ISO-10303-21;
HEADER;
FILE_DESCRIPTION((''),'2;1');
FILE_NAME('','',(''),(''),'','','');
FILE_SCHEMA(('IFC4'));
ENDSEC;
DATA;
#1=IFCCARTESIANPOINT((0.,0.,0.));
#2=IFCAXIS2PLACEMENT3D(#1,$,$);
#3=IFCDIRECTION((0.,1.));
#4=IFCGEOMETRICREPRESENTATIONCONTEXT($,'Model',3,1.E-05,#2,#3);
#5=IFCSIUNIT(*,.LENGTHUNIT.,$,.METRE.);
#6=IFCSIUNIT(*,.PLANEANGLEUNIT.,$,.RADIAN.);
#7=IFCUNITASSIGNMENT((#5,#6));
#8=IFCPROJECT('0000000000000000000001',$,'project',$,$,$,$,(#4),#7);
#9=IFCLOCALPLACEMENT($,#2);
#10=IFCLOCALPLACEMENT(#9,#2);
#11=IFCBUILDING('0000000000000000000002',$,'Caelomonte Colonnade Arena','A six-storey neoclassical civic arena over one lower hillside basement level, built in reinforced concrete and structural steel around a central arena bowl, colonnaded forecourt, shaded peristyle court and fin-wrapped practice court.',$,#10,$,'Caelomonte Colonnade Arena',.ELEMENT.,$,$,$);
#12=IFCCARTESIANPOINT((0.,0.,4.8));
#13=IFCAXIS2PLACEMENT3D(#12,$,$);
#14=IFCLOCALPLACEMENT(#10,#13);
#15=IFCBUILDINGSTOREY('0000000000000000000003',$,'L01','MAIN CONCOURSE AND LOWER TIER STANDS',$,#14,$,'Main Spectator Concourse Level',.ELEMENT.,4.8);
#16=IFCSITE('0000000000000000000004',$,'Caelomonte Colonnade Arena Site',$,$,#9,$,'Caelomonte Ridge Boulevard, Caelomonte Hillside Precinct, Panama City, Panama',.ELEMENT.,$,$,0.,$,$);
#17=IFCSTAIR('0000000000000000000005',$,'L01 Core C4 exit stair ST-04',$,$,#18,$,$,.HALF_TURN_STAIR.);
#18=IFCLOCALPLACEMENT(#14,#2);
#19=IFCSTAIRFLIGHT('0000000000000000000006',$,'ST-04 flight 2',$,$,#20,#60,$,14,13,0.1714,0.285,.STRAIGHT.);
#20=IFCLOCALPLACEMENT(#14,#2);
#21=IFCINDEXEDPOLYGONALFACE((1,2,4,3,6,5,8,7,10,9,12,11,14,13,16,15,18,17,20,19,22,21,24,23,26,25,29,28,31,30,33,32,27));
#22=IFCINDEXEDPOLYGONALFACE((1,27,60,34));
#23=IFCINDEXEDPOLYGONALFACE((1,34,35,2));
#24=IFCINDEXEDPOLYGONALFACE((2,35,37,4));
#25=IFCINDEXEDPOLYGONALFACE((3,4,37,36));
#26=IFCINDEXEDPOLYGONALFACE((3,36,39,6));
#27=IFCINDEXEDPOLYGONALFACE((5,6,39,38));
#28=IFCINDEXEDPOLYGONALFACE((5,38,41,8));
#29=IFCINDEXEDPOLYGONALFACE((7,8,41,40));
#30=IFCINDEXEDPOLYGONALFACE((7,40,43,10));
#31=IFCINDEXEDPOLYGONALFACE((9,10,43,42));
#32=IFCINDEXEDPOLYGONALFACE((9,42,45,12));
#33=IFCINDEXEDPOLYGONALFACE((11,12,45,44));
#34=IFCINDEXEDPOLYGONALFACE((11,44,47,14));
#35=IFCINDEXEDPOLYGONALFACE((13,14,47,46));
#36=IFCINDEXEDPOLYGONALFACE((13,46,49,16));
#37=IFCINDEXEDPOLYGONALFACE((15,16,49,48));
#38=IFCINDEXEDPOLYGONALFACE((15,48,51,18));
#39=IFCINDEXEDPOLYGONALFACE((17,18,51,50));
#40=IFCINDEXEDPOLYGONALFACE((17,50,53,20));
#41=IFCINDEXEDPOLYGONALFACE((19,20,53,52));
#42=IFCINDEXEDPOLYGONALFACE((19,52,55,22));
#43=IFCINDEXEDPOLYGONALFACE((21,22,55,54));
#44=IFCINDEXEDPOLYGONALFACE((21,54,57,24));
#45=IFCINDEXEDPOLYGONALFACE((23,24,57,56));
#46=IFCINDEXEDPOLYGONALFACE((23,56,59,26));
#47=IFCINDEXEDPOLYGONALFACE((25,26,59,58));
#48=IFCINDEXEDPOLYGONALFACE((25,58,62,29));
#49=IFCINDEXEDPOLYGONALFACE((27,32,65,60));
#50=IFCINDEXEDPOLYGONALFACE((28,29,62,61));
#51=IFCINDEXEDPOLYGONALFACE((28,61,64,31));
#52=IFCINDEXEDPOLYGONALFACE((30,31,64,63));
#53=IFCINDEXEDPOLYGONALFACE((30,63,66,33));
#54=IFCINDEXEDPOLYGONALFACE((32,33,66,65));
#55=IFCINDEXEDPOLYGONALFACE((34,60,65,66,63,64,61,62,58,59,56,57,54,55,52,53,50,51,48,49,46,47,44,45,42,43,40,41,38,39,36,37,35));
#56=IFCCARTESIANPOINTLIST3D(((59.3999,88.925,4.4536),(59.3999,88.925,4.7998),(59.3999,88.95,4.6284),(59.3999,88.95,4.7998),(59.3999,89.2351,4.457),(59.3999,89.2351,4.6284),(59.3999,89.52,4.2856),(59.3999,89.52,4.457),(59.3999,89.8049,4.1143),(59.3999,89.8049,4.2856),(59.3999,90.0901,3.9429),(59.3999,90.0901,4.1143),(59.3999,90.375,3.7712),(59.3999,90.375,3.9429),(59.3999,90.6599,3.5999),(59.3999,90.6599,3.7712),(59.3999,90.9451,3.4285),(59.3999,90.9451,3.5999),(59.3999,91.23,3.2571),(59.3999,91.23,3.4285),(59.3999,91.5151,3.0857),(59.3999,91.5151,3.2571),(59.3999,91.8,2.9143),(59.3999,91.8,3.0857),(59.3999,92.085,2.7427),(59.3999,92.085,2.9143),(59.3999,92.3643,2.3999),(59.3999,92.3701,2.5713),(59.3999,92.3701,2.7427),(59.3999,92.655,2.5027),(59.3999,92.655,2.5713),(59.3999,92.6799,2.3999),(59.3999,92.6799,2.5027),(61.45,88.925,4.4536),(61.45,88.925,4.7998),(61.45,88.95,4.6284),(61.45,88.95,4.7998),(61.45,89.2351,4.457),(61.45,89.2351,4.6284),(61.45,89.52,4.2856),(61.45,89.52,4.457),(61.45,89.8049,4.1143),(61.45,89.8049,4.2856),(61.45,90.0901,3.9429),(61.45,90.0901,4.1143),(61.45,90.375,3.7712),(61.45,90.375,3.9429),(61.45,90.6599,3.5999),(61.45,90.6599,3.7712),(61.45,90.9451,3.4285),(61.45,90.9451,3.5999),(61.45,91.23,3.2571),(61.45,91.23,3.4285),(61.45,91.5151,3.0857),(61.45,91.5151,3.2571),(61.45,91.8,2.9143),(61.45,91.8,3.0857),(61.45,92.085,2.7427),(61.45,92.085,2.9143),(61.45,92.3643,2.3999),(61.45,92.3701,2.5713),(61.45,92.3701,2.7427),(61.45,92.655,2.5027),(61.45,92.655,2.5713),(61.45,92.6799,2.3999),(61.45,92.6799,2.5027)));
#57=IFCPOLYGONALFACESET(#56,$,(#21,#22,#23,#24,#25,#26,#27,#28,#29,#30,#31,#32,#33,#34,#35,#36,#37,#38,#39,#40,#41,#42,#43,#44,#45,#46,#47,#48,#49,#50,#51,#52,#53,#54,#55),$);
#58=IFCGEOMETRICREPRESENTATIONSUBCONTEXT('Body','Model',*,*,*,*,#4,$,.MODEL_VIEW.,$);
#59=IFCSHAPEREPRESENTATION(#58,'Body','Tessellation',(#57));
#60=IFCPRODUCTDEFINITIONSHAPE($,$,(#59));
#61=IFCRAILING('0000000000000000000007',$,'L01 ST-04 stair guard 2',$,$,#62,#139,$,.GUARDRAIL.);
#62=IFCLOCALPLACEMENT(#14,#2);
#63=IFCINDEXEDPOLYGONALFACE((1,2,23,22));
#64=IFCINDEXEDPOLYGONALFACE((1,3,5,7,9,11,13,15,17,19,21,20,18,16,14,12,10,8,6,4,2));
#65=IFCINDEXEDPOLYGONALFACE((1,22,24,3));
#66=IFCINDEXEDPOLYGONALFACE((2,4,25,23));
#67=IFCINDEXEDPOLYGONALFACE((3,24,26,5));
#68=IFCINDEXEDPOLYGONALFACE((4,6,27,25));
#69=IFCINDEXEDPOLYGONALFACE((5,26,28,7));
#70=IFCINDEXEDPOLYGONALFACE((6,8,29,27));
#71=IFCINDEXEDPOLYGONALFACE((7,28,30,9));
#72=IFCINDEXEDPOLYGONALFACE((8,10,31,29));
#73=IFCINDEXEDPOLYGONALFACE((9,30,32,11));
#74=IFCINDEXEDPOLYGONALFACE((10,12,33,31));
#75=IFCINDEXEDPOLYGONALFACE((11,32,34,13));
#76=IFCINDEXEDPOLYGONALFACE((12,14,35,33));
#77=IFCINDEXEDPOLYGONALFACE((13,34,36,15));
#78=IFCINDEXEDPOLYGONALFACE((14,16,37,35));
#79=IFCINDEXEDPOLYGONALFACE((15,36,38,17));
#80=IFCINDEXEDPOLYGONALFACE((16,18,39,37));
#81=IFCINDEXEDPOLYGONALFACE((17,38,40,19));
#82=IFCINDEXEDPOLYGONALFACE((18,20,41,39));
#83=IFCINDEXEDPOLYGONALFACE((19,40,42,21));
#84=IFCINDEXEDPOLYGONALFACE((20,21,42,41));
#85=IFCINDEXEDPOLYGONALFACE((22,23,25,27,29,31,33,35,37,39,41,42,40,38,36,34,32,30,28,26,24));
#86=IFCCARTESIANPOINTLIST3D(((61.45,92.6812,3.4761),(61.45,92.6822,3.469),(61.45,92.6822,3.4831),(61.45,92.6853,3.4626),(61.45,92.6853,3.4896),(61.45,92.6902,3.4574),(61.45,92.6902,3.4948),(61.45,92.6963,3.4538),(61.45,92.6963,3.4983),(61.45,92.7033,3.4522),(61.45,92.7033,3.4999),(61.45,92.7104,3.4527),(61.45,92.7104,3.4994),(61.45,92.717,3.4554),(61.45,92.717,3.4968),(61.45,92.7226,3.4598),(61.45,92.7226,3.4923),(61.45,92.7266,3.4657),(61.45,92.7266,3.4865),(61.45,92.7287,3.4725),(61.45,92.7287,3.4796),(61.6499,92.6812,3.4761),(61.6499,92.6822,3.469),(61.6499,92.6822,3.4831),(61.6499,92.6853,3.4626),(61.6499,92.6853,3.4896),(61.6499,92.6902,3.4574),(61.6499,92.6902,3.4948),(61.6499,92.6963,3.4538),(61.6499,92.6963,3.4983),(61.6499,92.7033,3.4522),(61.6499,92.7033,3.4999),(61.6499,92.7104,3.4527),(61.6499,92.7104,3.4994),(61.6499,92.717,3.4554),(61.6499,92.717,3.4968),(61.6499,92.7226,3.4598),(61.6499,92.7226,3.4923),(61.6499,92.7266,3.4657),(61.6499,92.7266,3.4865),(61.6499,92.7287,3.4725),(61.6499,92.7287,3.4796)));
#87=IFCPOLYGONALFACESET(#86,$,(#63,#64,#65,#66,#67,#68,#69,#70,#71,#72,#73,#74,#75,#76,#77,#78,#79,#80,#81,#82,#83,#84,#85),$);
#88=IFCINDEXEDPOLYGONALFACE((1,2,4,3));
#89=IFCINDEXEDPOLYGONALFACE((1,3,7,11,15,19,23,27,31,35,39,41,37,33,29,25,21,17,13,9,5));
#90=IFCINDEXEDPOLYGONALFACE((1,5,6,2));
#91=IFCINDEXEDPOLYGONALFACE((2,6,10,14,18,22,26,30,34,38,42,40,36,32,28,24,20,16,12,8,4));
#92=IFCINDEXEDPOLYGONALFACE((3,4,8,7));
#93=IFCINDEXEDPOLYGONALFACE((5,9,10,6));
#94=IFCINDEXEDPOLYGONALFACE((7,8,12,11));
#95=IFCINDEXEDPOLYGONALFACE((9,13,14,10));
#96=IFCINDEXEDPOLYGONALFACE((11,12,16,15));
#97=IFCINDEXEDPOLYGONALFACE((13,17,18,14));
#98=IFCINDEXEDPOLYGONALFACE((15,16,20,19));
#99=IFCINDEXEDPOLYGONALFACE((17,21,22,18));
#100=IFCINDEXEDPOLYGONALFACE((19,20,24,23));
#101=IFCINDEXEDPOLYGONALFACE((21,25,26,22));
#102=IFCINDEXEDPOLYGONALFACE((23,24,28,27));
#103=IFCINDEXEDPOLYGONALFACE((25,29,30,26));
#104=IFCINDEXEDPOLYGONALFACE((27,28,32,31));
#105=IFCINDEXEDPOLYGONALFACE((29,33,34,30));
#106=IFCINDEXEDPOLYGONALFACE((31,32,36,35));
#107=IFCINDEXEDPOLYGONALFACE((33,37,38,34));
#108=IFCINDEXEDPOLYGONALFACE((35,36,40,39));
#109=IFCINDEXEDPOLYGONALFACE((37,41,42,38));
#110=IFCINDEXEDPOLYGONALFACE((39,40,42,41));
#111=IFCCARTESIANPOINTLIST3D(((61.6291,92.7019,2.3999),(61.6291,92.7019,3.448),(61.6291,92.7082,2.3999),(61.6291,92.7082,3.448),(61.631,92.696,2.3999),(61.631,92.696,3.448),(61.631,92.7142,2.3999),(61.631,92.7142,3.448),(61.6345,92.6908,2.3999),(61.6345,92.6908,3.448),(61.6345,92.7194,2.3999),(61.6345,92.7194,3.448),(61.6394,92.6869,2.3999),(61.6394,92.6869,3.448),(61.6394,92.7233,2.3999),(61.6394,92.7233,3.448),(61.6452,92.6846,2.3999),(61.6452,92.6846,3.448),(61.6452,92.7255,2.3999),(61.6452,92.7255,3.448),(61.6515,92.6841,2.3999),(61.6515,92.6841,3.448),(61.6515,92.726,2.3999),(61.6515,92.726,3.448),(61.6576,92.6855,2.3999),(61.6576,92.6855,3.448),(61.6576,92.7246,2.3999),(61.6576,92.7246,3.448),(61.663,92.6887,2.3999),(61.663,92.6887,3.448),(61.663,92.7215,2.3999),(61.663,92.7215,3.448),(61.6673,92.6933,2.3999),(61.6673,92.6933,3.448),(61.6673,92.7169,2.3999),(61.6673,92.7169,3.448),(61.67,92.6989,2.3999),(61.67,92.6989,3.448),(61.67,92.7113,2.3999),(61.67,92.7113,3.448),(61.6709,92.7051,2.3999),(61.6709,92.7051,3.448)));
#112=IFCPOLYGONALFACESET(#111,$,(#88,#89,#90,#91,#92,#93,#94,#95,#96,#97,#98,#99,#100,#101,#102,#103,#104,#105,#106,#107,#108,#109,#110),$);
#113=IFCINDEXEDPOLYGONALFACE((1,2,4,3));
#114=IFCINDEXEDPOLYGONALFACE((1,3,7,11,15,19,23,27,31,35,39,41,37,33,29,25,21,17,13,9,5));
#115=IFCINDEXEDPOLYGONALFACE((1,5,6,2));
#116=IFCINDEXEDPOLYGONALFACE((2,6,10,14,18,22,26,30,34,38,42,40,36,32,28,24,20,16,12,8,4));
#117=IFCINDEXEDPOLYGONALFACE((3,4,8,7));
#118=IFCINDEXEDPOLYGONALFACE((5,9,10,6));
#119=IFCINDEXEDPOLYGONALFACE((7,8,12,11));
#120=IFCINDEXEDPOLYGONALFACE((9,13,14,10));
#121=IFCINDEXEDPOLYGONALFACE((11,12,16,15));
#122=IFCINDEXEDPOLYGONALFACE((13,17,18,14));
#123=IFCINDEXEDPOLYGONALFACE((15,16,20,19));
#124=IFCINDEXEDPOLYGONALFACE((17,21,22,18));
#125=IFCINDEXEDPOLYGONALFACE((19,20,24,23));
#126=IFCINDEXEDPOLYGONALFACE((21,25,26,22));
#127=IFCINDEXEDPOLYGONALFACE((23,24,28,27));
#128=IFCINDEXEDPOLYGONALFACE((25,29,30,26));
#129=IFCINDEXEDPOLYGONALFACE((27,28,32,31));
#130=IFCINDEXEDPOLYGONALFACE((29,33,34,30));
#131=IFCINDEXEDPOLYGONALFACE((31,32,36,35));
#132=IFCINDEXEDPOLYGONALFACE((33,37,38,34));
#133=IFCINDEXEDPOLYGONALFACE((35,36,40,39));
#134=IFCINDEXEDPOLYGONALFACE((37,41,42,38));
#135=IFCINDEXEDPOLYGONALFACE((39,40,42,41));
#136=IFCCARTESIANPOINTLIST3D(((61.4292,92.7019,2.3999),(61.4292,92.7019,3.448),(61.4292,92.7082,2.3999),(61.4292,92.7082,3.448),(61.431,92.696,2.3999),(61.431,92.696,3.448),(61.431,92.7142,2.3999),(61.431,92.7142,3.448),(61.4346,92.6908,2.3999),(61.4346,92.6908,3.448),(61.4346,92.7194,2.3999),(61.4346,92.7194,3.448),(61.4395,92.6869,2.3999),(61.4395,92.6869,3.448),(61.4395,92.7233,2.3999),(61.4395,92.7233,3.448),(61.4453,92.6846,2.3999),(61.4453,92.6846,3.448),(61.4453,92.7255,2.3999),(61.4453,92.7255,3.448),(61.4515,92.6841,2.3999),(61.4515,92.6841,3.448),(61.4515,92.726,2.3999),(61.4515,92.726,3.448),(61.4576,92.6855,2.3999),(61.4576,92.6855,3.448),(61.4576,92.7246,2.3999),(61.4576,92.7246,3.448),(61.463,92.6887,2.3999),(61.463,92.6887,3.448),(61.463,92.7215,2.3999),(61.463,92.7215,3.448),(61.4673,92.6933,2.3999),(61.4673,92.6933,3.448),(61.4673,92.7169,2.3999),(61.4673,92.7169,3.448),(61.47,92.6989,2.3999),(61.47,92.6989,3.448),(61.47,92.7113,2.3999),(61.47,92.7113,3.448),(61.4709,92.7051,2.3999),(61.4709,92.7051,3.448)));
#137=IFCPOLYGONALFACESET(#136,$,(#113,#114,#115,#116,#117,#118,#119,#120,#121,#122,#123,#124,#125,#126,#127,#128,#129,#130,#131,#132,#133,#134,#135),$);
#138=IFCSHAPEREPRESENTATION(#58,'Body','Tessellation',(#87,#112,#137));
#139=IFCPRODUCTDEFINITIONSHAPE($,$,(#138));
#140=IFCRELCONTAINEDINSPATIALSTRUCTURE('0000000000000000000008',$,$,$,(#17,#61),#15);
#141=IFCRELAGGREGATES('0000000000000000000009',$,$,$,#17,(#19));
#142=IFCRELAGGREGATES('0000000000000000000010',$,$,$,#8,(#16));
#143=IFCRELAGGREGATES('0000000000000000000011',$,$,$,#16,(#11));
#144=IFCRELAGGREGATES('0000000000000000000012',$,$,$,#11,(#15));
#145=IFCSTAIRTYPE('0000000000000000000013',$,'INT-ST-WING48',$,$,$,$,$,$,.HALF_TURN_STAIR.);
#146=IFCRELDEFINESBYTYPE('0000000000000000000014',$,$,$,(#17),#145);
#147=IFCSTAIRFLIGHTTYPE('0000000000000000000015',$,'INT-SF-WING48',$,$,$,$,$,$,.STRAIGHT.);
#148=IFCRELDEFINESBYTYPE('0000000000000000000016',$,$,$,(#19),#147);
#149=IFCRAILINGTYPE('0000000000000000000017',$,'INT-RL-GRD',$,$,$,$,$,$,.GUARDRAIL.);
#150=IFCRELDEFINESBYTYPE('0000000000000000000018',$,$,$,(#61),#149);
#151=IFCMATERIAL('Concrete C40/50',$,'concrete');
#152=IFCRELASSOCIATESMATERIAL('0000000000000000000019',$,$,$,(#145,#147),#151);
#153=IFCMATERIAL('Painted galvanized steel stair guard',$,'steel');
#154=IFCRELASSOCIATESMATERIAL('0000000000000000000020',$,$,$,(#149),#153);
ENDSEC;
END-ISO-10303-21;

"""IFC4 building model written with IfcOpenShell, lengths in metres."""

from ifc_helpers import new_model, si_unit, direction, frame, origin, origin_2d, place, context, subcontext, project, spatial, polyline, circle, outline, extrude, material, type_object, element, aggregate, save


model = new_model("IFC4")

# Units and contexts
model_context = context("Model", 3, precision=1e-05, world=origin(), true_north=direction((0.0, 1.0)))
body_context = subcontext(model_context, "Body", "Model", "MODEL_VIEW")
ifc_project = project(units=[si_unit("LENGTHUNIT", "METRE"), si_unit("PLANEANGLEUNIT", "RADIAN")], contexts=[model_context])

# Site, building, storey
site_placement = place(None, origin())
site = spatial("IfcSite", under=ifc_project, at=site_placement, Name="Caelomonte Colonnade Arena Site", LongName="Caelomonte Ridge Boulevard, Caelomonte Hillside Precinct, Panama City, Panama", CompositionType="ELEMENT", RefElevation=0.0)
building_placement = place(site_placement, origin())
building = spatial("IfcBuilding", under=site, at=building_placement, Name="Caelomonte Colonnade Arena", Description="A six-storey neoclassical civic arena over one lower hillside basement level, built in reinforced concrete and structural steel around a central arena bowl, colonnaded forecourt, shaded peristyle court and fin-wrapped practice court.", LongName="Caelomonte Colonnade Arena", CompositionType="ELEMENT")
storey_placement = place(building_placement, frame((0.0, 0.0, 4.8)))
storey = spatial("IfcBuildingStorey", under=building, at=storey_placement, Name="L01", Description="MAIN CONCOURSE AND LOWER TIER STANDS", LongName="Main Spectator Concourse Level", CompositionType="ELEMENT", Elevation=4.8)

# Shared definitions
ifc_material_1 = material(Name="Concrete C40/50", Category="concrete")

# Stair, stair flight
stair_type = type_object("IfcStairType", Name="INT-ST-WING48", PredefinedType="HALF_TURN_STAIR", material=ifc_material_1)
stair_placement = place(storey_placement, origin())
stair = element("IfcStair", 1, at=stair_placement, inside=storey, type_object=stair_type, Name="L01 Core C4 exit stair ST-04", PredefinedType="HALF_TURN_STAIR")
stair_flight_type = type_object("IfcStairFlightType", Name="INT-SF-WING48", PredefinedType="STRAIGHT", material=ifc_material_1)
stair_flight_placement = place(storey_placement, frame((60.425, 92.655, 2.3999), z_axis=(0.0, 0.0, 1.0), x_axis=(0.0, -1.0, 0.0)))
stair_flight = element("IfcStairFlight", 2, at=stair_flight_placement, type_object=stair_flight_type, Name="ST-04 flight 2", NumberOfRisers=14, NumberOfTreads=13, PredefinedType="STRAIGHT", RiserHeight=0.1714, TreadLength=0.285, context=body_context, shape_type="SweptSolid", body=[
    extrude(outline(polyline([(-0.0249, 0.0), (-0.0249, 0.1028), (0.0, 0.1028), (0.0, 0.1714), (0.2849, 0.1714), (0.2849, 0.3428), (0.5701, 0.3428), (0.5701, 0.5144), (0.855, 0.5144), (0.855, 0.6858), (1.1399, 0.6858), (1.1399, 0.8572), (1.425, 0.8572), (1.425, 1.0286), (1.71, 1.0286), (1.71, 1.2), (1.9951, 1.2), (1.9951, 1.3713), (2.28, 1.3713), (2.28, 1.543), (2.5649, 1.543), (2.5649, 1.7144), (2.8501, 1.7144), (2.8501, 1.8857), (3.135, 1.8857), (3.135, 2.0571), (3.4199, 2.0571), (3.4199, 2.2285), (3.7051, 2.2285), (3.7051, 2.3999), (3.73, 2.3999), (3.73, 2.0537), (0.2908, 0.0), (-0.0249, 0.0)])), frame((0.0, 1.0249, 0.0), z_axis=(0.0, -1.0, 0.0), x_axis=(1.0, 0.0, 0.0)), (0.0, 0.0, 1.0), 2.05),
])
aggregate(stair, [stair_flight])

# Railing
ifc_material_2 = material(Name="Painted galvanized steel stair guard", Category="steel")
railing_type_1 = type_object("IfcRailingType", Name="INT-RL-GRD", PredefinedType="GUARDRAIL", material=ifc_material_2)
railing_1_placement = place(storey_placement, frame((61.6499, 92.7051, 2.3999)))
element("IfcRailing", 3, at=railing_1_placement, inside=storey, type_object=railing_type_1, Name="L01 ST-04 stair guard 2", PredefinedType="GUARDRAIL", context=body_context, shape_type="SweptSolid", body=[
    extrude(circle(Radius=0.0239, at=origin_2d()), frame((0.0, 0.0, 1.0762), z_axis=(-1.0, 0.0, 0.0), x_axis=(0.0, -1.0, 0.0)), (0.0, 0.0, 1.0), 0.2),
    extrude(circle(Radius=0.021, at=origin_2d()), origin(), (0.0, 0.0, 1.0), 1.0481),
    extrude(circle(Radius=0.021, at=origin_2d()), frame((-0.2, 0.0, 0.0)), (0.0, 0.0, 1.0), 1.0481),
])

save(model, "model.ifc")
